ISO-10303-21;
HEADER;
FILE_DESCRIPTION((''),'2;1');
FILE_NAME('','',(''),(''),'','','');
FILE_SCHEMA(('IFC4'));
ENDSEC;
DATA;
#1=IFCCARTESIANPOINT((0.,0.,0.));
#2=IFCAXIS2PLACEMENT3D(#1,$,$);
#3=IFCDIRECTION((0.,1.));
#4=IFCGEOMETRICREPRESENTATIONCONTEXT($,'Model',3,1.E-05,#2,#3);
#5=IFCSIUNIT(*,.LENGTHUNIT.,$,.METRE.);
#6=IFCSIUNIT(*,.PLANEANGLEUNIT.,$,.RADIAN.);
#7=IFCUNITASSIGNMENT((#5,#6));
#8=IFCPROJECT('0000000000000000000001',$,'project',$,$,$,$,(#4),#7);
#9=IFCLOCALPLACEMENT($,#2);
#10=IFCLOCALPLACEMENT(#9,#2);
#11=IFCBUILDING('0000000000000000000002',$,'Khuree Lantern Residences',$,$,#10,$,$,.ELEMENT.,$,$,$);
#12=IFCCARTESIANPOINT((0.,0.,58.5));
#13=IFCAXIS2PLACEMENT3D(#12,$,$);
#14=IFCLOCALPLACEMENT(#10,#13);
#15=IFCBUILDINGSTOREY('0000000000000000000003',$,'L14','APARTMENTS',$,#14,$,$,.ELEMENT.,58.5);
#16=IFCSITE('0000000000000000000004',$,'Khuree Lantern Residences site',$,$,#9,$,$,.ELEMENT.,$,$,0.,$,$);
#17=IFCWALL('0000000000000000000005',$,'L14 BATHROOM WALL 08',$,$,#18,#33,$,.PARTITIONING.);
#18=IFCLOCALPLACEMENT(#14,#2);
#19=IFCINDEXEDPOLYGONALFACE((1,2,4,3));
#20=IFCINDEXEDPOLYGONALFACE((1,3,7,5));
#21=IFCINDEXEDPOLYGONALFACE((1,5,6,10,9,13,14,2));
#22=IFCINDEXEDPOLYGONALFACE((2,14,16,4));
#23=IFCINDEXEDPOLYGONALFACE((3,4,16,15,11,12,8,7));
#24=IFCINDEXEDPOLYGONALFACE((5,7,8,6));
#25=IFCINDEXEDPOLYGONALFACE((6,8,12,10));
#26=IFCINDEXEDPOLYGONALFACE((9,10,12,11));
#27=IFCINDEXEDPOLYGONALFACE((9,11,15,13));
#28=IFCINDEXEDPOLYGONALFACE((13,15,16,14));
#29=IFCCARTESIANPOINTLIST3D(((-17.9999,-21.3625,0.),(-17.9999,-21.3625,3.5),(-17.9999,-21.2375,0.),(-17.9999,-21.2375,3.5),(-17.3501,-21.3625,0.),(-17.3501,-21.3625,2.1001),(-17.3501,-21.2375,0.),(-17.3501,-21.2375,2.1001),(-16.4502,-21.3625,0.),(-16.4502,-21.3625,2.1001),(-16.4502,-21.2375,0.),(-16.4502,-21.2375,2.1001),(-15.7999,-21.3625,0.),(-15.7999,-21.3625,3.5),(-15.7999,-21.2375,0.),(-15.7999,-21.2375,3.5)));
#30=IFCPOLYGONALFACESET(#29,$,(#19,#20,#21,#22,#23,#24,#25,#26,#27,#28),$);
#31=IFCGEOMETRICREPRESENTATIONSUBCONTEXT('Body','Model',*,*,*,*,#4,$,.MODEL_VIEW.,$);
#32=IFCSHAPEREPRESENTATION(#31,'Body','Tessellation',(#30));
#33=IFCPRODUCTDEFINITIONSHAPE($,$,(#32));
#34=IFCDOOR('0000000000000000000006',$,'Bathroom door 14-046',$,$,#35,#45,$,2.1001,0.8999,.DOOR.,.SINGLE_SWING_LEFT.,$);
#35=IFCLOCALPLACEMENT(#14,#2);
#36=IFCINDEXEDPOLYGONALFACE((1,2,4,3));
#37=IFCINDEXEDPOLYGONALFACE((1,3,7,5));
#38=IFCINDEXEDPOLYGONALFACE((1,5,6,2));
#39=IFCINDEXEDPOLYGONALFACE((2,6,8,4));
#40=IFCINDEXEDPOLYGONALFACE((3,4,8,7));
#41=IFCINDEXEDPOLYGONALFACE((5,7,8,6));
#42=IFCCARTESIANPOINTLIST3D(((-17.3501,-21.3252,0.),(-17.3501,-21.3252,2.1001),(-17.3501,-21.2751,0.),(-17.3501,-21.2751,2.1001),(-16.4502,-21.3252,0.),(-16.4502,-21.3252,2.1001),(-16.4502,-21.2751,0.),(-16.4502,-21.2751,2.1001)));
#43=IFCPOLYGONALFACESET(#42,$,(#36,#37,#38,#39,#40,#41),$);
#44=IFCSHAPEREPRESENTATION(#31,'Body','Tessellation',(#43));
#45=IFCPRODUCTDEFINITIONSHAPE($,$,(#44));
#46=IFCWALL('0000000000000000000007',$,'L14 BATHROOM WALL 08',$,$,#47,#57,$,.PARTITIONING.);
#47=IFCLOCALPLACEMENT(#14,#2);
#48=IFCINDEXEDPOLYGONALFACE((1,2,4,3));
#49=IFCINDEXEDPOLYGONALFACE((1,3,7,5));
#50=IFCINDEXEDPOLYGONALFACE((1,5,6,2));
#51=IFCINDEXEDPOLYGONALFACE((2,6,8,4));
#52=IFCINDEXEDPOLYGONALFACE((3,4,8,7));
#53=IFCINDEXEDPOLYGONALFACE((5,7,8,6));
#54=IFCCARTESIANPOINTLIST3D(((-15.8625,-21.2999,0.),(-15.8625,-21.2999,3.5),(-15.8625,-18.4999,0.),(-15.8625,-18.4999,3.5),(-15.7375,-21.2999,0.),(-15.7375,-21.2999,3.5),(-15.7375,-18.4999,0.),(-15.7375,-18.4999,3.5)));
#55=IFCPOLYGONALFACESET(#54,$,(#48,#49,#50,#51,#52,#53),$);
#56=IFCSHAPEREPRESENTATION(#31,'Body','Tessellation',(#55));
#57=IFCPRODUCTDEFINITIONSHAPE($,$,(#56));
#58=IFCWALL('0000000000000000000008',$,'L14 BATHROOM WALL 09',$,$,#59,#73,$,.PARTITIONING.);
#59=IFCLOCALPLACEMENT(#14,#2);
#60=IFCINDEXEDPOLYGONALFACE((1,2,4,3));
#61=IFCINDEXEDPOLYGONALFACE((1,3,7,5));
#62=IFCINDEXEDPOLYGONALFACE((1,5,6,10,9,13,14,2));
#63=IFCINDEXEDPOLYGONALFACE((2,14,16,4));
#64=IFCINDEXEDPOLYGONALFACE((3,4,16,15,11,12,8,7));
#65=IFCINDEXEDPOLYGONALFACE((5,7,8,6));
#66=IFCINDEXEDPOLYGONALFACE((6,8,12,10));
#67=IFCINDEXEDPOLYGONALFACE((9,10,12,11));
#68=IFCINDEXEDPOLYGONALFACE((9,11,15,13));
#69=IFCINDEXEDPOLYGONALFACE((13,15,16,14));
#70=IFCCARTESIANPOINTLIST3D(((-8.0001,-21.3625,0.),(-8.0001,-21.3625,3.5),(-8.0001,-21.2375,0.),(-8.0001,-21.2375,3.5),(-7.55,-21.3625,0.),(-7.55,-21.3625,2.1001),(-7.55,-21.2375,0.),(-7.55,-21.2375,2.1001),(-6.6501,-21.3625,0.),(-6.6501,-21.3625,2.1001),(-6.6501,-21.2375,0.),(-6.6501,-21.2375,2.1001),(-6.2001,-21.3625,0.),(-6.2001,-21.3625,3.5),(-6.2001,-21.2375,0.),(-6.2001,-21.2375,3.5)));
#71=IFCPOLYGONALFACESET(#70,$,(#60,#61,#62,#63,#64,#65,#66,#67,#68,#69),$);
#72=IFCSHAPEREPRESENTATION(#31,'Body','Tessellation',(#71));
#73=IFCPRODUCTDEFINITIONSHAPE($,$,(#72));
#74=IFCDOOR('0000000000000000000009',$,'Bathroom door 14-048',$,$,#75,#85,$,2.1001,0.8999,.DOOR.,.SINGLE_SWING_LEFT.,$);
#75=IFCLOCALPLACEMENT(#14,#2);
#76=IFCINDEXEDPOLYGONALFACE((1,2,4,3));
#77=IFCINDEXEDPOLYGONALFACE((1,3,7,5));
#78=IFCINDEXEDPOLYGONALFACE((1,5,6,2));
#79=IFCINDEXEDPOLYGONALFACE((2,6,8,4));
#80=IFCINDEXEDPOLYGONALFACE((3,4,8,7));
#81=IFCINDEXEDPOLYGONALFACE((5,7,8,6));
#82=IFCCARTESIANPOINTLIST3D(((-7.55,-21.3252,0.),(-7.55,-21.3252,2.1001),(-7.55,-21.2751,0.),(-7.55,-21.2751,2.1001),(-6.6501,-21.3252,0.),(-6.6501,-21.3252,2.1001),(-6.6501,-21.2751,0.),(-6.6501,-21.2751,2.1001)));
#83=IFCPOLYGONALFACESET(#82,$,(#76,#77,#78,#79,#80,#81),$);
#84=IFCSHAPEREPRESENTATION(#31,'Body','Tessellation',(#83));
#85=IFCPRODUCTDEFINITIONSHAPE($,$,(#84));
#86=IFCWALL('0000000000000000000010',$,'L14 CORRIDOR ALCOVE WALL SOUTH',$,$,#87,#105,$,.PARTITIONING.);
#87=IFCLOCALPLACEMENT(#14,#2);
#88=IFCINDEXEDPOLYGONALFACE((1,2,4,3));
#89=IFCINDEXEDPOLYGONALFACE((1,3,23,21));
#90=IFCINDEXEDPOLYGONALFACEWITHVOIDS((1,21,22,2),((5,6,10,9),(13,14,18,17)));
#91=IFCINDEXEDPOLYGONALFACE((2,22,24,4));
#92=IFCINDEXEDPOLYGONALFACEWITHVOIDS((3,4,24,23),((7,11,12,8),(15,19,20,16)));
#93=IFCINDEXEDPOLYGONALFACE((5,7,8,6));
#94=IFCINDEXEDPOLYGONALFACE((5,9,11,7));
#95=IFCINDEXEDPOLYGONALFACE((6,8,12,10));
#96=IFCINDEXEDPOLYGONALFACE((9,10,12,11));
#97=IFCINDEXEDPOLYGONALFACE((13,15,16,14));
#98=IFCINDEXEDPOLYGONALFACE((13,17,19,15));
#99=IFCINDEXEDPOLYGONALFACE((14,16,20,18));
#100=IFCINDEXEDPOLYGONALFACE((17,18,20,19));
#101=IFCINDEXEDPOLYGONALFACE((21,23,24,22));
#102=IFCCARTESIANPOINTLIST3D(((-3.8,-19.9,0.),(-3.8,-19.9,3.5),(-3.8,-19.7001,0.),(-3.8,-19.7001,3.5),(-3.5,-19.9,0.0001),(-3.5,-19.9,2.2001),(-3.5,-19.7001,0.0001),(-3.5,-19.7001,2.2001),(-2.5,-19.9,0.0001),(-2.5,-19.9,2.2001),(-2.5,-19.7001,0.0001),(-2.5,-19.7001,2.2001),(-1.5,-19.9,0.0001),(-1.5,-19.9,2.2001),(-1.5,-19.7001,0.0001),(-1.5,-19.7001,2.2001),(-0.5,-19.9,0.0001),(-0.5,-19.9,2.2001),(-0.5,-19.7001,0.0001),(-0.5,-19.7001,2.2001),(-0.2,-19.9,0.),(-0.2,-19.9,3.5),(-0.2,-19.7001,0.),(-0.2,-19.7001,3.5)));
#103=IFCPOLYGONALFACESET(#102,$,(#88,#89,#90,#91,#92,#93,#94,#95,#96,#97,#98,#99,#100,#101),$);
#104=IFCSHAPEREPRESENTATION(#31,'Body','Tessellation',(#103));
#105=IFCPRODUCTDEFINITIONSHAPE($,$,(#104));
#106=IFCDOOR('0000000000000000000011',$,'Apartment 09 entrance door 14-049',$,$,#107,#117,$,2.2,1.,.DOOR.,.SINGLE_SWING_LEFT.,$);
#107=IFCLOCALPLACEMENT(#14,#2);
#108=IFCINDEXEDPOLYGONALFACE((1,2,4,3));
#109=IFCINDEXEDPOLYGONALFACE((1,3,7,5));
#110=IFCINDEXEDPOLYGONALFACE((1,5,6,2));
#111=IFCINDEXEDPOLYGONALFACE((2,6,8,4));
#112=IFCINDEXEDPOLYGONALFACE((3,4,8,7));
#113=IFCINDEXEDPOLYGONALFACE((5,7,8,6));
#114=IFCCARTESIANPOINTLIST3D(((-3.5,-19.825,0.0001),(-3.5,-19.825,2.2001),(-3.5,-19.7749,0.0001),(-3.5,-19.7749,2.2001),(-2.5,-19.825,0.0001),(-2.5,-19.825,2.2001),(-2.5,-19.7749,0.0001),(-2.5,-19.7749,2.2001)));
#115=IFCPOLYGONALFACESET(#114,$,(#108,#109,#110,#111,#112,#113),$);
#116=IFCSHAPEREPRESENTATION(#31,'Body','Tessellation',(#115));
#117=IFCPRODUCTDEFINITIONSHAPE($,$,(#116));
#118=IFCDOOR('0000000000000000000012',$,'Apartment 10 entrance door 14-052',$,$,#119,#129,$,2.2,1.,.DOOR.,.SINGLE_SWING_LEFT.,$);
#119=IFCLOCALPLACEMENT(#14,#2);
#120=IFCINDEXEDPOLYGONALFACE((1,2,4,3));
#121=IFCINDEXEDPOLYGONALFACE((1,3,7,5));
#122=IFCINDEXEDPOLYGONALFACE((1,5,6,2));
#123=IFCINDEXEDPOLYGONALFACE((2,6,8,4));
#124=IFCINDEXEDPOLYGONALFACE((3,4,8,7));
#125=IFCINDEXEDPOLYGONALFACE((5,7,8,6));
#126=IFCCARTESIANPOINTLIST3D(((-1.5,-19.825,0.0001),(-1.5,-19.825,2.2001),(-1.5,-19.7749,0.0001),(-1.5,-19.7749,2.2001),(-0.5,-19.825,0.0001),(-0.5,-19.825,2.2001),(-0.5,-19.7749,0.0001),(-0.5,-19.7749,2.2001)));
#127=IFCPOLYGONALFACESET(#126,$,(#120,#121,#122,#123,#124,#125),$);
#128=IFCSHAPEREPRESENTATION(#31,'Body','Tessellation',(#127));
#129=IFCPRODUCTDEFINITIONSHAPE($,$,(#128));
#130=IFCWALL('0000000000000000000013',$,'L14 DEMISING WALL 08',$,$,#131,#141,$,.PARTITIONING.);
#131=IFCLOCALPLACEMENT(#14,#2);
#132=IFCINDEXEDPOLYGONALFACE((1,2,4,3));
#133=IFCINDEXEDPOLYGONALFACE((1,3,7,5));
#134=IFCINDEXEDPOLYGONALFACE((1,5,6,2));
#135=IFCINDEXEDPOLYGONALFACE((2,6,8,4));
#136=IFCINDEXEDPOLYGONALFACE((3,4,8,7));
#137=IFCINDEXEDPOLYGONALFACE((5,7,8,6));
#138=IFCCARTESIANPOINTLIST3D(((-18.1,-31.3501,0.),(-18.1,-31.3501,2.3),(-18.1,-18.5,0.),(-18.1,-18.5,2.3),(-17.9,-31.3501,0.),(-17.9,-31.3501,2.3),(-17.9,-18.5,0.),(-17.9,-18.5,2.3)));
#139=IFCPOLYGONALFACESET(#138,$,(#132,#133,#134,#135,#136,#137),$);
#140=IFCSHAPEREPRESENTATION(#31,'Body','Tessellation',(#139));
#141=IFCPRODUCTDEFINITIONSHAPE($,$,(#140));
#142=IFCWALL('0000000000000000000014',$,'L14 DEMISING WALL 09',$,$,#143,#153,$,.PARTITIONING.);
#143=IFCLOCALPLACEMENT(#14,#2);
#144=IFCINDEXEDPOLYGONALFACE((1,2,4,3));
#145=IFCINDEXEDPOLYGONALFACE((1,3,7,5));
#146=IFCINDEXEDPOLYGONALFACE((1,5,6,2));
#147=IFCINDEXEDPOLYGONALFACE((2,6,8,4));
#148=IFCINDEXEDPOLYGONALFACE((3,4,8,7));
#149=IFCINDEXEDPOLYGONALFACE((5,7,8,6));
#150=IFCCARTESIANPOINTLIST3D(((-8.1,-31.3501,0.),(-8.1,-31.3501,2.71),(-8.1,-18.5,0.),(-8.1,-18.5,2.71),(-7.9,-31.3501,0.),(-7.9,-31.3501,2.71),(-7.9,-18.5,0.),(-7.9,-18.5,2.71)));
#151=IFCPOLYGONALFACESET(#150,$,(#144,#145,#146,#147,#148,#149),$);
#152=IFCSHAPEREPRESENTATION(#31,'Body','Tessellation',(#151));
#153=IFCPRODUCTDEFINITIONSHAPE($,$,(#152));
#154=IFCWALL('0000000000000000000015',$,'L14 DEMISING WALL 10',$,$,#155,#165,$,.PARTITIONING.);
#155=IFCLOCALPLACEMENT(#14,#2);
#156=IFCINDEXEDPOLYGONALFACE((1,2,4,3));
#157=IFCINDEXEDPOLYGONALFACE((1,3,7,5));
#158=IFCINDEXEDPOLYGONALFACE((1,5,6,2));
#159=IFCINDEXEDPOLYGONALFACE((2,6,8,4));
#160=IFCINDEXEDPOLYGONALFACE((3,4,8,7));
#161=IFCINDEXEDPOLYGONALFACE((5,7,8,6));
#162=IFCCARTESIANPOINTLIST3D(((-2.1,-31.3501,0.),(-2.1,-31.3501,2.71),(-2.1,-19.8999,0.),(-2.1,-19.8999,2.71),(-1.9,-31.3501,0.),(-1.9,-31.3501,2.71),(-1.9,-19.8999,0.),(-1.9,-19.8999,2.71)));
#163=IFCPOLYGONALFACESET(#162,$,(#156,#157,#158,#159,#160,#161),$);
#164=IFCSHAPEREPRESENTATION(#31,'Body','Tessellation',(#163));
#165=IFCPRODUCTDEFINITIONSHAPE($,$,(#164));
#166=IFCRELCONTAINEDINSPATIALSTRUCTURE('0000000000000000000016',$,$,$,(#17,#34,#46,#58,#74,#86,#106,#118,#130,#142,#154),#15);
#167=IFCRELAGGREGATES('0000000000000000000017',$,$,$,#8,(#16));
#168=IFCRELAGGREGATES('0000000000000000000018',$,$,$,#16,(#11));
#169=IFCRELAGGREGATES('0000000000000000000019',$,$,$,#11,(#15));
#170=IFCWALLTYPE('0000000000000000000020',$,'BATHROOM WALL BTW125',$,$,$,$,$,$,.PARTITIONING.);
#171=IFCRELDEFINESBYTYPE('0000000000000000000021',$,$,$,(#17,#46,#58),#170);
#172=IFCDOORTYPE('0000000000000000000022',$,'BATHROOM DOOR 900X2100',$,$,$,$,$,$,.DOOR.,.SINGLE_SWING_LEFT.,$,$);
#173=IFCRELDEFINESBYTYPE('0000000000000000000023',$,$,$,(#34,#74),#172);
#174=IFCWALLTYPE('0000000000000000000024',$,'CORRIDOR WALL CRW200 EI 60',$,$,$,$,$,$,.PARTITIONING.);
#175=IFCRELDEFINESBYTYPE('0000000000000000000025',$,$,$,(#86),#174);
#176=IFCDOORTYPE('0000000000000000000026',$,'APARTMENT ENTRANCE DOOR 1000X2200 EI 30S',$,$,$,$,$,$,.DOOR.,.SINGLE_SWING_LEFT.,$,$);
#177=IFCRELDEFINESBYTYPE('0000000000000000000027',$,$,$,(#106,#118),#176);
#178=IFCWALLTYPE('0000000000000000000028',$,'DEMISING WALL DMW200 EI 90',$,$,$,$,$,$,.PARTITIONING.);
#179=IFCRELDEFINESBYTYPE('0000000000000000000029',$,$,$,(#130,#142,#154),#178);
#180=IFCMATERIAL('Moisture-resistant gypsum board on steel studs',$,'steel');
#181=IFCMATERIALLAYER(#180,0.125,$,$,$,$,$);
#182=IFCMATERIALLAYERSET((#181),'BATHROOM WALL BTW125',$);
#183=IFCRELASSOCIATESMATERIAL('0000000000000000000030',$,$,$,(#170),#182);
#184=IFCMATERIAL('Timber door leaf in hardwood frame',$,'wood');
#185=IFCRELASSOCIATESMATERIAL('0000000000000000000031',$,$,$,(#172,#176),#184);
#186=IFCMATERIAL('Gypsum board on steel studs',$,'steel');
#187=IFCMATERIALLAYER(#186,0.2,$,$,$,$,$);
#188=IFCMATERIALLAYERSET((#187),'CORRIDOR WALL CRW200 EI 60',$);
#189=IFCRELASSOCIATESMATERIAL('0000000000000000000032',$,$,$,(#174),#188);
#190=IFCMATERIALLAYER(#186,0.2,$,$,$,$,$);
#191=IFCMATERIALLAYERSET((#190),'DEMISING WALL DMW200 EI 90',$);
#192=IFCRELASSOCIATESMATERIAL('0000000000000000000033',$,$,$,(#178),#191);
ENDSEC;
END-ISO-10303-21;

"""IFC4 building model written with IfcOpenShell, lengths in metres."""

from ifc_helpers import new_model, si_unit, direction, frame, frame_2d, origin, place, context, subcontext, project, spatial, rectangle, extrude, material, layer, layer_set, type_object, element, fill, save


model = new_model("IFC4")

# Units and contexts
model_context = context("Model", 3, precision=1e-05, world=origin(), true_north=direction((0.0, 1.0)))
body_context = subcontext(model_context, "Body", "Model", "MODEL_VIEW")
ifc_project = project(units=[si_unit("LENGTHUNIT", "METRE"), si_unit("PLANEANGLEUNIT", "RADIAN")], contexts=[model_context])

# Site, building, storey
site_placement = place(None, origin())
site = spatial("IfcSite", under=ifc_project, at=site_placement, Name="Khuree Lantern Residences site", CompositionType="ELEMENT", RefElevation=0.0)
building_placement = place(site_placement, origin())
building = spatial("IfcBuilding", under=site, at=building_placement, Name="Khuree Lantern Residences", CompositionType="ELEMENT")
storey_placement = place(building_placement, frame((0.0, 0.0, 58.5)))
storey = spatial("IfcBuildingStorey", under=building, at=storey_placement, Name="L14", Description="APARTMENTS", CompositionType="ELEMENT", Elevation=58.5)

# Wall, opening, door
ifc_material_1 = material(Name="Moisture-resistant gypsum board on steel studs", Category="steel")
ifc_layer_1 = layer(ifc_material_1, 0.125)
ifc_layer_set_1 = layer_set([ifc_layer_1], Name="BATHROOM WALL BTW125")
wall_type_1 = type_object("IfcWallType", Name="BATHROOM WALL BTW125", PredefinedType="PARTITIONING", material=ifc_layer_set_1)
wall_1_placement = place(storey_placement, frame((-18.0, -21.3, 0.0), z_axis=(0.0, 0.0, 1.0), x_axis=(1.0, 0.0, 0.0)))
wall_1 = element("IfcWall", 1, at=wall_1_placement, inside=storey, type_object=wall_type_1, Name="L14 BATHROOM WALL 08", PredefinedType="PARTITIONING", context=body_context, shape_type="SweptSolid", body=[
    extrude(rectangle(XDim=2.2, YDim=0.125, at=frame_2d((1.1001, 0.0))), origin(), (0.0, 0.0, 1.0), 3.5),
])
opening_1_placement = place(wall_1_placement, frame((0.6499, 0.0, 0.0)))
opening_1 = element("IfcOpeningElement", 2, at=opening_1_placement, cuts=wall_1, PredefinedType="OPENING", context=body_context, shape_type="SweptSolid", body=[
    extrude(rectangle(XDim=0.8999, YDim=2.1001, at=frame_2d((0.45, 1.05))), frame((0.0, 0.0725, 0.0), z_axis=(0.0, -1.0, 0.0), x_axis=(1.0, 0.0, 0.0)), (0.0, 0.0, 1.0), 0.145),
])
ifc_material_2 = material(Name="Timber door leaf in hardwood frame", Category="wood")
door_type_1 = type_object("IfcDoorType", Name="BATHROOM DOOR 900X2100", OperationType="SINGLE_SWING_LEFT", PredefinedType="DOOR", material=ifc_material_2)
door_1_placement = place(opening_1_placement, origin())
door_1 = element("IfcDoor", 3, at=door_1_placement, inside=storey, type_object=door_type_1, Name="Bathroom door 14-046", OperationType="SINGLE_SWING_LEFT", OverallHeight=2.1001, OverallWidth=0.8999, PredefinedType="DOOR", context=body_context, shape_type="SweptSolid", body=[
    extrude(rectangle(XDim=0.8999, YDim=2.1001, at=frame_2d((0.45, 1.05))), frame((0.0, 0.0249, 0.0), z_axis=(0.0, -1.0, 0.0), x_axis=(1.0, 0.0, 0.0)), (0.0, 0.0, 1.0), 0.05),
])
fill(opening_1, door_1)

# Wall
wall_2_placement = place(storey_placement, frame((-15.8, -18.5, 0.0), z_axis=(0.0, 0.0, 1.0), x_axis=(0.0, -1.0, 0.0)))
element("IfcWall", 4, at=wall_2_placement, inside=storey, type_object=wall_type_1, Name="L14 BATHROOM WALL 08", PredefinedType="PARTITIONING", context=body_context, shape_type="SweptSolid", body=[
    extrude(rectangle(XDim=2.8, YDim=0.125, at=frame_2d((1.3999, 0.0))), origin(), (0.0, 0.0, 1.0), 3.5),
])

# Wall, opening, door
wall_3_placement = place(storey_placement, frame((-8.0, -21.3, 0.0), z_axis=(0.0, 0.0, 1.0), x_axis=(1.0, 0.0, 0.0)))
wall_3 = element("IfcWall", 5, at=wall_3_placement, inside=storey, type_object=wall_type_1, Name="L14 BATHROOM WALL 09", PredefinedType="PARTITIONING", context=body_context, shape_type="SweptSolid", body=[
    extrude(rectangle(XDim=1.8, YDim=0.125, at=frame_2d((0.8999, 0.0))), origin(), (0.0, 0.0, 1.0), 3.5),
])
opening_2_placement = place(wall_3_placement, frame((0.45, 0.0, 0.0)))
opening_2 = element("IfcOpeningElement", 6, at=opening_2_placement, cuts=wall_3, PredefinedType="OPENING", context=body_context, shape_type="SweptSolid", body=[
    extrude(rectangle(XDim=0.8999, YDim=2.1001, at=frame_2d((0.45, 1.05))), frame((0.0, 0.0725, 0.0), z_axis=(0.0, -1.0, 0.0), x_axis=(1.0, 0.0, 0.0)), (0.0, 0.0, 1.0), 0.145),
])
door_2_placement = place(opening_2_placement, origin())
door_2 = element("IfcDoor", 7, at=door_2_placement, inside=storey, type_object=door_type_1, Name="Bathroom door 14-048", OperationType="SINGLE_SWING_LEFT", OverallHeight=2.1001, OverallWidth=0.8999, PredefinedType="DOOR", context=body_context, shape_type="SweptSolid", body=[
    extrude(rectangle(XDim=0.8999, YDim=2.1001, at=frame_2d((0.45, 1.05))), frame((0.0, 0.0249, 0.0), z_axis=(0.0, -1.0, 0.0), x_axis=(1.0, 0.0, 0.0)), (0.0, 0.0, 1.0), 0.05),
])
fill(opening_2, door_2)

# Wall, openings, doors
ifc_material_3 = material(Name="Gypsum board on steel studs", Category="steel")
ifc_layer_2 = layer(ifc_material_3, 0.2)
ifc_layer_set_2 = layer_set([ifc_layer_2], Name="CORRIDOR WALL CRW200 EI 60")
wall_type_2 = type_object("IfcWallType", Name="CORRIDOR WALL CRW200 EI 60", PredefinedType="PARTITIONING", material=ifc_layer_set_2)
wall_4_placement = place(storey_placement, frame((-0.2, -19.8, 0.0), z_axis=(0.0, 0.0, 1.0), x_axis=(-1.0, 0.0, 0.0)))
wall_4 = element("IfcWall", 8, at=wall_4_placement, inside=storey, type_object=wall_type_2, Name="L14 CORRIDOR ALCOVE WALL SOUTH", PredefinedType="PARTITIONING", context=body_context, shape_type="SweptSolid", body=[
    extrude(rectangle(XDim=3.6001, YDim=0.2, at=frame_2d((1.8, 0.0))), origin(), (0.0, 0.0, 1.0), 3.5),
])
opening_3_placement = place(wall_4_placement, frame((2.3, 0.0, 0.0)))
opening_3 = element("IfcOpeningElement", 9, at=opening_3_placement, cuts=wall_4, PredefinedType="OPENING", context=body_context, shape_type="SweptSolid", body=[
    extrude(rectangle(XDim=1.0, YDim=2.2, at=frame_2d((0.5, 1.1001))), frame((0.0, 0.1099, 0.0), z_axis=(0.0, -1.0, 0.0), x_axis=(1.0, 0.0, 0.0)), (0.0, 0.0, 1.0), 0.22),
])
opening_4_placement = place(wall_4_placement, frame((0.3, 0.0, 0.0)))
opening_4 = element("IfcOpeningElement", 10, at=opening_4_placement, cuts=wall_4, PredefinedType="OPENING", context=body_context, shape_type="SweptSolid", body=[
    extrude(rectangle(XDim=1.0, YDim=2.2, at=frame_2d((0.5, 1.1001))), frame((0.0, 0.1099, 0.0), z_axis=(0.0, -1.0, 0.0), x_axis=(1.0, 0.0, 0.0)), (0.0, 0.0, 1.0), 0.22),
])
door_type_2 = type_object("IfcDoorType", Name="APARTMENT ENTRANCE DOOR 1000X2200 EI 30S", OperationType="SINGLE_SWING_LEFT", PredefinedType="DOOR", material=ifc_material_2)
door_3_placement = place(opening_3_placement, origin())
door_3 = element("IfcDoor", 11, at=door_3_placement, inside=storey, type_object=door_type_2, Name="Apartment 09 entrance door 14-049", OperationType="SINGLE_SWING_LEFT", OverallHeight=2.2, OverallWidth=1.0, PredefinedType="DOOR", context=body_context, shape_type="SweptSolid", body=[
    extrude(rectangle(XDim=1.0, YDim=2.2, at=frame_2d((0.5, 1.1001))), frame((0.0, 0.0249, 0.0), z_axis=(0.0, -1.0, 0.0), x_axis=(1.0, 0.0, 0.0)), (0.0, 0.0, 1.0), 0.05),
])
fill(opening_3, door_3)
door_4_placement = place(opening_4_placement, origin())
door_4 = element("IfcDoor", 12, at=door_4_placement, inside=storey, type_object=door_type_2, Name="Apartment 10 entrance door 14-052", OperationType="SINGLE_SWING_LEFT", OverallHeight=2.2, OverallWidth=1.0, PredefinedType="DOOR", context=body_context, shape_type="SweptSolid", body=[
    extrude(rectangle(XDim=1.0, YDim=2.2, at=frame_2d((0.5, 1.1001))), frame((0.0, 0.0249, 0.0), z_axis=(0.0, -1.0, 0.0), x_axis=(1.0, 0.0, 0.0)), (0.0, 0.0, 1.0), 0.05),
])
fill(opening_4, door_4)

# Walls
ifc_layer_3 = layer(ifc_material_3, 0.2)
ifc_layer_set_3 = layer_set([ifc_layer_3], Name="DEMISING WALL DMW200 EI 90")
wall_type_3 = type_object("IfcWallType", Name="DEMISING WALL DMW200 EI 90", PredefinedType="PARTITIONING", material=ifc_layer_set_3)
wall_5_placement = place(storey_placement, frame((-18.0, -18.5, 0.0), z_axis=(0.0, 0.0, 1.0), x_axis=(0.0, -1.0, 0.0)))
element("IfcWall", 13, at=wall_5_placement, inside=storey, type_object=wall_type_3, Name="L14 DEMISING WALL 08", PredefinedType="PARTITIONING", context=body_context, shape_type="SweptSolid", body=[
    extrude(rectangle(XDim=12.8501, YDim=0.2, at=frame_2d((6.425, 0.0))), origin(), (0.0, 0.0, 1.0), 2.3),
])
wall_6_placement = place(storey_placement, frame((-8.0, -18.5, 0.0), z_axis=(0.0, 0.0, 1.0), x_axis=(0.0, -1.0, 0.0)))
element("IfcWall", 14, at=wall_6_placement, inside=storey, type_object=wall_type_3, Name="L14 DEMISING WALL 09", PredefinedType="PARTITIONING", context=body_context, shape_type="SweptSolid", body=[
    extrude(rectangle(XDim=12.8501, YDim=0.2, at=frame_2d((6.425, 0.0))), origin(), (0.0, 0.0, 1.0), 2.71),
])
wall_7_placement = place(storey_placement, frame((-2.0, -19.8999, 0.0), z_axis=(0.0, 0.0, 1.0), x_axis=(0.0, -1.0, 0.0)))
element("IfcWall", 15, at=wall_7_placement, inside=storey, type_object=wall_type_3, Name="L14 DEMISING WALL 10", PredefinedType="PARTITIONING", context=body_context, shape_type="SweptSolid", body=[
    extrude(rectangle(XDim=11.4502, YDim=0.2, at=frame_2d((5.7251, 0.0))), origin(), (0.0, 0.0, 1.0), 2.71),
])

save(model, "model.ifc")
